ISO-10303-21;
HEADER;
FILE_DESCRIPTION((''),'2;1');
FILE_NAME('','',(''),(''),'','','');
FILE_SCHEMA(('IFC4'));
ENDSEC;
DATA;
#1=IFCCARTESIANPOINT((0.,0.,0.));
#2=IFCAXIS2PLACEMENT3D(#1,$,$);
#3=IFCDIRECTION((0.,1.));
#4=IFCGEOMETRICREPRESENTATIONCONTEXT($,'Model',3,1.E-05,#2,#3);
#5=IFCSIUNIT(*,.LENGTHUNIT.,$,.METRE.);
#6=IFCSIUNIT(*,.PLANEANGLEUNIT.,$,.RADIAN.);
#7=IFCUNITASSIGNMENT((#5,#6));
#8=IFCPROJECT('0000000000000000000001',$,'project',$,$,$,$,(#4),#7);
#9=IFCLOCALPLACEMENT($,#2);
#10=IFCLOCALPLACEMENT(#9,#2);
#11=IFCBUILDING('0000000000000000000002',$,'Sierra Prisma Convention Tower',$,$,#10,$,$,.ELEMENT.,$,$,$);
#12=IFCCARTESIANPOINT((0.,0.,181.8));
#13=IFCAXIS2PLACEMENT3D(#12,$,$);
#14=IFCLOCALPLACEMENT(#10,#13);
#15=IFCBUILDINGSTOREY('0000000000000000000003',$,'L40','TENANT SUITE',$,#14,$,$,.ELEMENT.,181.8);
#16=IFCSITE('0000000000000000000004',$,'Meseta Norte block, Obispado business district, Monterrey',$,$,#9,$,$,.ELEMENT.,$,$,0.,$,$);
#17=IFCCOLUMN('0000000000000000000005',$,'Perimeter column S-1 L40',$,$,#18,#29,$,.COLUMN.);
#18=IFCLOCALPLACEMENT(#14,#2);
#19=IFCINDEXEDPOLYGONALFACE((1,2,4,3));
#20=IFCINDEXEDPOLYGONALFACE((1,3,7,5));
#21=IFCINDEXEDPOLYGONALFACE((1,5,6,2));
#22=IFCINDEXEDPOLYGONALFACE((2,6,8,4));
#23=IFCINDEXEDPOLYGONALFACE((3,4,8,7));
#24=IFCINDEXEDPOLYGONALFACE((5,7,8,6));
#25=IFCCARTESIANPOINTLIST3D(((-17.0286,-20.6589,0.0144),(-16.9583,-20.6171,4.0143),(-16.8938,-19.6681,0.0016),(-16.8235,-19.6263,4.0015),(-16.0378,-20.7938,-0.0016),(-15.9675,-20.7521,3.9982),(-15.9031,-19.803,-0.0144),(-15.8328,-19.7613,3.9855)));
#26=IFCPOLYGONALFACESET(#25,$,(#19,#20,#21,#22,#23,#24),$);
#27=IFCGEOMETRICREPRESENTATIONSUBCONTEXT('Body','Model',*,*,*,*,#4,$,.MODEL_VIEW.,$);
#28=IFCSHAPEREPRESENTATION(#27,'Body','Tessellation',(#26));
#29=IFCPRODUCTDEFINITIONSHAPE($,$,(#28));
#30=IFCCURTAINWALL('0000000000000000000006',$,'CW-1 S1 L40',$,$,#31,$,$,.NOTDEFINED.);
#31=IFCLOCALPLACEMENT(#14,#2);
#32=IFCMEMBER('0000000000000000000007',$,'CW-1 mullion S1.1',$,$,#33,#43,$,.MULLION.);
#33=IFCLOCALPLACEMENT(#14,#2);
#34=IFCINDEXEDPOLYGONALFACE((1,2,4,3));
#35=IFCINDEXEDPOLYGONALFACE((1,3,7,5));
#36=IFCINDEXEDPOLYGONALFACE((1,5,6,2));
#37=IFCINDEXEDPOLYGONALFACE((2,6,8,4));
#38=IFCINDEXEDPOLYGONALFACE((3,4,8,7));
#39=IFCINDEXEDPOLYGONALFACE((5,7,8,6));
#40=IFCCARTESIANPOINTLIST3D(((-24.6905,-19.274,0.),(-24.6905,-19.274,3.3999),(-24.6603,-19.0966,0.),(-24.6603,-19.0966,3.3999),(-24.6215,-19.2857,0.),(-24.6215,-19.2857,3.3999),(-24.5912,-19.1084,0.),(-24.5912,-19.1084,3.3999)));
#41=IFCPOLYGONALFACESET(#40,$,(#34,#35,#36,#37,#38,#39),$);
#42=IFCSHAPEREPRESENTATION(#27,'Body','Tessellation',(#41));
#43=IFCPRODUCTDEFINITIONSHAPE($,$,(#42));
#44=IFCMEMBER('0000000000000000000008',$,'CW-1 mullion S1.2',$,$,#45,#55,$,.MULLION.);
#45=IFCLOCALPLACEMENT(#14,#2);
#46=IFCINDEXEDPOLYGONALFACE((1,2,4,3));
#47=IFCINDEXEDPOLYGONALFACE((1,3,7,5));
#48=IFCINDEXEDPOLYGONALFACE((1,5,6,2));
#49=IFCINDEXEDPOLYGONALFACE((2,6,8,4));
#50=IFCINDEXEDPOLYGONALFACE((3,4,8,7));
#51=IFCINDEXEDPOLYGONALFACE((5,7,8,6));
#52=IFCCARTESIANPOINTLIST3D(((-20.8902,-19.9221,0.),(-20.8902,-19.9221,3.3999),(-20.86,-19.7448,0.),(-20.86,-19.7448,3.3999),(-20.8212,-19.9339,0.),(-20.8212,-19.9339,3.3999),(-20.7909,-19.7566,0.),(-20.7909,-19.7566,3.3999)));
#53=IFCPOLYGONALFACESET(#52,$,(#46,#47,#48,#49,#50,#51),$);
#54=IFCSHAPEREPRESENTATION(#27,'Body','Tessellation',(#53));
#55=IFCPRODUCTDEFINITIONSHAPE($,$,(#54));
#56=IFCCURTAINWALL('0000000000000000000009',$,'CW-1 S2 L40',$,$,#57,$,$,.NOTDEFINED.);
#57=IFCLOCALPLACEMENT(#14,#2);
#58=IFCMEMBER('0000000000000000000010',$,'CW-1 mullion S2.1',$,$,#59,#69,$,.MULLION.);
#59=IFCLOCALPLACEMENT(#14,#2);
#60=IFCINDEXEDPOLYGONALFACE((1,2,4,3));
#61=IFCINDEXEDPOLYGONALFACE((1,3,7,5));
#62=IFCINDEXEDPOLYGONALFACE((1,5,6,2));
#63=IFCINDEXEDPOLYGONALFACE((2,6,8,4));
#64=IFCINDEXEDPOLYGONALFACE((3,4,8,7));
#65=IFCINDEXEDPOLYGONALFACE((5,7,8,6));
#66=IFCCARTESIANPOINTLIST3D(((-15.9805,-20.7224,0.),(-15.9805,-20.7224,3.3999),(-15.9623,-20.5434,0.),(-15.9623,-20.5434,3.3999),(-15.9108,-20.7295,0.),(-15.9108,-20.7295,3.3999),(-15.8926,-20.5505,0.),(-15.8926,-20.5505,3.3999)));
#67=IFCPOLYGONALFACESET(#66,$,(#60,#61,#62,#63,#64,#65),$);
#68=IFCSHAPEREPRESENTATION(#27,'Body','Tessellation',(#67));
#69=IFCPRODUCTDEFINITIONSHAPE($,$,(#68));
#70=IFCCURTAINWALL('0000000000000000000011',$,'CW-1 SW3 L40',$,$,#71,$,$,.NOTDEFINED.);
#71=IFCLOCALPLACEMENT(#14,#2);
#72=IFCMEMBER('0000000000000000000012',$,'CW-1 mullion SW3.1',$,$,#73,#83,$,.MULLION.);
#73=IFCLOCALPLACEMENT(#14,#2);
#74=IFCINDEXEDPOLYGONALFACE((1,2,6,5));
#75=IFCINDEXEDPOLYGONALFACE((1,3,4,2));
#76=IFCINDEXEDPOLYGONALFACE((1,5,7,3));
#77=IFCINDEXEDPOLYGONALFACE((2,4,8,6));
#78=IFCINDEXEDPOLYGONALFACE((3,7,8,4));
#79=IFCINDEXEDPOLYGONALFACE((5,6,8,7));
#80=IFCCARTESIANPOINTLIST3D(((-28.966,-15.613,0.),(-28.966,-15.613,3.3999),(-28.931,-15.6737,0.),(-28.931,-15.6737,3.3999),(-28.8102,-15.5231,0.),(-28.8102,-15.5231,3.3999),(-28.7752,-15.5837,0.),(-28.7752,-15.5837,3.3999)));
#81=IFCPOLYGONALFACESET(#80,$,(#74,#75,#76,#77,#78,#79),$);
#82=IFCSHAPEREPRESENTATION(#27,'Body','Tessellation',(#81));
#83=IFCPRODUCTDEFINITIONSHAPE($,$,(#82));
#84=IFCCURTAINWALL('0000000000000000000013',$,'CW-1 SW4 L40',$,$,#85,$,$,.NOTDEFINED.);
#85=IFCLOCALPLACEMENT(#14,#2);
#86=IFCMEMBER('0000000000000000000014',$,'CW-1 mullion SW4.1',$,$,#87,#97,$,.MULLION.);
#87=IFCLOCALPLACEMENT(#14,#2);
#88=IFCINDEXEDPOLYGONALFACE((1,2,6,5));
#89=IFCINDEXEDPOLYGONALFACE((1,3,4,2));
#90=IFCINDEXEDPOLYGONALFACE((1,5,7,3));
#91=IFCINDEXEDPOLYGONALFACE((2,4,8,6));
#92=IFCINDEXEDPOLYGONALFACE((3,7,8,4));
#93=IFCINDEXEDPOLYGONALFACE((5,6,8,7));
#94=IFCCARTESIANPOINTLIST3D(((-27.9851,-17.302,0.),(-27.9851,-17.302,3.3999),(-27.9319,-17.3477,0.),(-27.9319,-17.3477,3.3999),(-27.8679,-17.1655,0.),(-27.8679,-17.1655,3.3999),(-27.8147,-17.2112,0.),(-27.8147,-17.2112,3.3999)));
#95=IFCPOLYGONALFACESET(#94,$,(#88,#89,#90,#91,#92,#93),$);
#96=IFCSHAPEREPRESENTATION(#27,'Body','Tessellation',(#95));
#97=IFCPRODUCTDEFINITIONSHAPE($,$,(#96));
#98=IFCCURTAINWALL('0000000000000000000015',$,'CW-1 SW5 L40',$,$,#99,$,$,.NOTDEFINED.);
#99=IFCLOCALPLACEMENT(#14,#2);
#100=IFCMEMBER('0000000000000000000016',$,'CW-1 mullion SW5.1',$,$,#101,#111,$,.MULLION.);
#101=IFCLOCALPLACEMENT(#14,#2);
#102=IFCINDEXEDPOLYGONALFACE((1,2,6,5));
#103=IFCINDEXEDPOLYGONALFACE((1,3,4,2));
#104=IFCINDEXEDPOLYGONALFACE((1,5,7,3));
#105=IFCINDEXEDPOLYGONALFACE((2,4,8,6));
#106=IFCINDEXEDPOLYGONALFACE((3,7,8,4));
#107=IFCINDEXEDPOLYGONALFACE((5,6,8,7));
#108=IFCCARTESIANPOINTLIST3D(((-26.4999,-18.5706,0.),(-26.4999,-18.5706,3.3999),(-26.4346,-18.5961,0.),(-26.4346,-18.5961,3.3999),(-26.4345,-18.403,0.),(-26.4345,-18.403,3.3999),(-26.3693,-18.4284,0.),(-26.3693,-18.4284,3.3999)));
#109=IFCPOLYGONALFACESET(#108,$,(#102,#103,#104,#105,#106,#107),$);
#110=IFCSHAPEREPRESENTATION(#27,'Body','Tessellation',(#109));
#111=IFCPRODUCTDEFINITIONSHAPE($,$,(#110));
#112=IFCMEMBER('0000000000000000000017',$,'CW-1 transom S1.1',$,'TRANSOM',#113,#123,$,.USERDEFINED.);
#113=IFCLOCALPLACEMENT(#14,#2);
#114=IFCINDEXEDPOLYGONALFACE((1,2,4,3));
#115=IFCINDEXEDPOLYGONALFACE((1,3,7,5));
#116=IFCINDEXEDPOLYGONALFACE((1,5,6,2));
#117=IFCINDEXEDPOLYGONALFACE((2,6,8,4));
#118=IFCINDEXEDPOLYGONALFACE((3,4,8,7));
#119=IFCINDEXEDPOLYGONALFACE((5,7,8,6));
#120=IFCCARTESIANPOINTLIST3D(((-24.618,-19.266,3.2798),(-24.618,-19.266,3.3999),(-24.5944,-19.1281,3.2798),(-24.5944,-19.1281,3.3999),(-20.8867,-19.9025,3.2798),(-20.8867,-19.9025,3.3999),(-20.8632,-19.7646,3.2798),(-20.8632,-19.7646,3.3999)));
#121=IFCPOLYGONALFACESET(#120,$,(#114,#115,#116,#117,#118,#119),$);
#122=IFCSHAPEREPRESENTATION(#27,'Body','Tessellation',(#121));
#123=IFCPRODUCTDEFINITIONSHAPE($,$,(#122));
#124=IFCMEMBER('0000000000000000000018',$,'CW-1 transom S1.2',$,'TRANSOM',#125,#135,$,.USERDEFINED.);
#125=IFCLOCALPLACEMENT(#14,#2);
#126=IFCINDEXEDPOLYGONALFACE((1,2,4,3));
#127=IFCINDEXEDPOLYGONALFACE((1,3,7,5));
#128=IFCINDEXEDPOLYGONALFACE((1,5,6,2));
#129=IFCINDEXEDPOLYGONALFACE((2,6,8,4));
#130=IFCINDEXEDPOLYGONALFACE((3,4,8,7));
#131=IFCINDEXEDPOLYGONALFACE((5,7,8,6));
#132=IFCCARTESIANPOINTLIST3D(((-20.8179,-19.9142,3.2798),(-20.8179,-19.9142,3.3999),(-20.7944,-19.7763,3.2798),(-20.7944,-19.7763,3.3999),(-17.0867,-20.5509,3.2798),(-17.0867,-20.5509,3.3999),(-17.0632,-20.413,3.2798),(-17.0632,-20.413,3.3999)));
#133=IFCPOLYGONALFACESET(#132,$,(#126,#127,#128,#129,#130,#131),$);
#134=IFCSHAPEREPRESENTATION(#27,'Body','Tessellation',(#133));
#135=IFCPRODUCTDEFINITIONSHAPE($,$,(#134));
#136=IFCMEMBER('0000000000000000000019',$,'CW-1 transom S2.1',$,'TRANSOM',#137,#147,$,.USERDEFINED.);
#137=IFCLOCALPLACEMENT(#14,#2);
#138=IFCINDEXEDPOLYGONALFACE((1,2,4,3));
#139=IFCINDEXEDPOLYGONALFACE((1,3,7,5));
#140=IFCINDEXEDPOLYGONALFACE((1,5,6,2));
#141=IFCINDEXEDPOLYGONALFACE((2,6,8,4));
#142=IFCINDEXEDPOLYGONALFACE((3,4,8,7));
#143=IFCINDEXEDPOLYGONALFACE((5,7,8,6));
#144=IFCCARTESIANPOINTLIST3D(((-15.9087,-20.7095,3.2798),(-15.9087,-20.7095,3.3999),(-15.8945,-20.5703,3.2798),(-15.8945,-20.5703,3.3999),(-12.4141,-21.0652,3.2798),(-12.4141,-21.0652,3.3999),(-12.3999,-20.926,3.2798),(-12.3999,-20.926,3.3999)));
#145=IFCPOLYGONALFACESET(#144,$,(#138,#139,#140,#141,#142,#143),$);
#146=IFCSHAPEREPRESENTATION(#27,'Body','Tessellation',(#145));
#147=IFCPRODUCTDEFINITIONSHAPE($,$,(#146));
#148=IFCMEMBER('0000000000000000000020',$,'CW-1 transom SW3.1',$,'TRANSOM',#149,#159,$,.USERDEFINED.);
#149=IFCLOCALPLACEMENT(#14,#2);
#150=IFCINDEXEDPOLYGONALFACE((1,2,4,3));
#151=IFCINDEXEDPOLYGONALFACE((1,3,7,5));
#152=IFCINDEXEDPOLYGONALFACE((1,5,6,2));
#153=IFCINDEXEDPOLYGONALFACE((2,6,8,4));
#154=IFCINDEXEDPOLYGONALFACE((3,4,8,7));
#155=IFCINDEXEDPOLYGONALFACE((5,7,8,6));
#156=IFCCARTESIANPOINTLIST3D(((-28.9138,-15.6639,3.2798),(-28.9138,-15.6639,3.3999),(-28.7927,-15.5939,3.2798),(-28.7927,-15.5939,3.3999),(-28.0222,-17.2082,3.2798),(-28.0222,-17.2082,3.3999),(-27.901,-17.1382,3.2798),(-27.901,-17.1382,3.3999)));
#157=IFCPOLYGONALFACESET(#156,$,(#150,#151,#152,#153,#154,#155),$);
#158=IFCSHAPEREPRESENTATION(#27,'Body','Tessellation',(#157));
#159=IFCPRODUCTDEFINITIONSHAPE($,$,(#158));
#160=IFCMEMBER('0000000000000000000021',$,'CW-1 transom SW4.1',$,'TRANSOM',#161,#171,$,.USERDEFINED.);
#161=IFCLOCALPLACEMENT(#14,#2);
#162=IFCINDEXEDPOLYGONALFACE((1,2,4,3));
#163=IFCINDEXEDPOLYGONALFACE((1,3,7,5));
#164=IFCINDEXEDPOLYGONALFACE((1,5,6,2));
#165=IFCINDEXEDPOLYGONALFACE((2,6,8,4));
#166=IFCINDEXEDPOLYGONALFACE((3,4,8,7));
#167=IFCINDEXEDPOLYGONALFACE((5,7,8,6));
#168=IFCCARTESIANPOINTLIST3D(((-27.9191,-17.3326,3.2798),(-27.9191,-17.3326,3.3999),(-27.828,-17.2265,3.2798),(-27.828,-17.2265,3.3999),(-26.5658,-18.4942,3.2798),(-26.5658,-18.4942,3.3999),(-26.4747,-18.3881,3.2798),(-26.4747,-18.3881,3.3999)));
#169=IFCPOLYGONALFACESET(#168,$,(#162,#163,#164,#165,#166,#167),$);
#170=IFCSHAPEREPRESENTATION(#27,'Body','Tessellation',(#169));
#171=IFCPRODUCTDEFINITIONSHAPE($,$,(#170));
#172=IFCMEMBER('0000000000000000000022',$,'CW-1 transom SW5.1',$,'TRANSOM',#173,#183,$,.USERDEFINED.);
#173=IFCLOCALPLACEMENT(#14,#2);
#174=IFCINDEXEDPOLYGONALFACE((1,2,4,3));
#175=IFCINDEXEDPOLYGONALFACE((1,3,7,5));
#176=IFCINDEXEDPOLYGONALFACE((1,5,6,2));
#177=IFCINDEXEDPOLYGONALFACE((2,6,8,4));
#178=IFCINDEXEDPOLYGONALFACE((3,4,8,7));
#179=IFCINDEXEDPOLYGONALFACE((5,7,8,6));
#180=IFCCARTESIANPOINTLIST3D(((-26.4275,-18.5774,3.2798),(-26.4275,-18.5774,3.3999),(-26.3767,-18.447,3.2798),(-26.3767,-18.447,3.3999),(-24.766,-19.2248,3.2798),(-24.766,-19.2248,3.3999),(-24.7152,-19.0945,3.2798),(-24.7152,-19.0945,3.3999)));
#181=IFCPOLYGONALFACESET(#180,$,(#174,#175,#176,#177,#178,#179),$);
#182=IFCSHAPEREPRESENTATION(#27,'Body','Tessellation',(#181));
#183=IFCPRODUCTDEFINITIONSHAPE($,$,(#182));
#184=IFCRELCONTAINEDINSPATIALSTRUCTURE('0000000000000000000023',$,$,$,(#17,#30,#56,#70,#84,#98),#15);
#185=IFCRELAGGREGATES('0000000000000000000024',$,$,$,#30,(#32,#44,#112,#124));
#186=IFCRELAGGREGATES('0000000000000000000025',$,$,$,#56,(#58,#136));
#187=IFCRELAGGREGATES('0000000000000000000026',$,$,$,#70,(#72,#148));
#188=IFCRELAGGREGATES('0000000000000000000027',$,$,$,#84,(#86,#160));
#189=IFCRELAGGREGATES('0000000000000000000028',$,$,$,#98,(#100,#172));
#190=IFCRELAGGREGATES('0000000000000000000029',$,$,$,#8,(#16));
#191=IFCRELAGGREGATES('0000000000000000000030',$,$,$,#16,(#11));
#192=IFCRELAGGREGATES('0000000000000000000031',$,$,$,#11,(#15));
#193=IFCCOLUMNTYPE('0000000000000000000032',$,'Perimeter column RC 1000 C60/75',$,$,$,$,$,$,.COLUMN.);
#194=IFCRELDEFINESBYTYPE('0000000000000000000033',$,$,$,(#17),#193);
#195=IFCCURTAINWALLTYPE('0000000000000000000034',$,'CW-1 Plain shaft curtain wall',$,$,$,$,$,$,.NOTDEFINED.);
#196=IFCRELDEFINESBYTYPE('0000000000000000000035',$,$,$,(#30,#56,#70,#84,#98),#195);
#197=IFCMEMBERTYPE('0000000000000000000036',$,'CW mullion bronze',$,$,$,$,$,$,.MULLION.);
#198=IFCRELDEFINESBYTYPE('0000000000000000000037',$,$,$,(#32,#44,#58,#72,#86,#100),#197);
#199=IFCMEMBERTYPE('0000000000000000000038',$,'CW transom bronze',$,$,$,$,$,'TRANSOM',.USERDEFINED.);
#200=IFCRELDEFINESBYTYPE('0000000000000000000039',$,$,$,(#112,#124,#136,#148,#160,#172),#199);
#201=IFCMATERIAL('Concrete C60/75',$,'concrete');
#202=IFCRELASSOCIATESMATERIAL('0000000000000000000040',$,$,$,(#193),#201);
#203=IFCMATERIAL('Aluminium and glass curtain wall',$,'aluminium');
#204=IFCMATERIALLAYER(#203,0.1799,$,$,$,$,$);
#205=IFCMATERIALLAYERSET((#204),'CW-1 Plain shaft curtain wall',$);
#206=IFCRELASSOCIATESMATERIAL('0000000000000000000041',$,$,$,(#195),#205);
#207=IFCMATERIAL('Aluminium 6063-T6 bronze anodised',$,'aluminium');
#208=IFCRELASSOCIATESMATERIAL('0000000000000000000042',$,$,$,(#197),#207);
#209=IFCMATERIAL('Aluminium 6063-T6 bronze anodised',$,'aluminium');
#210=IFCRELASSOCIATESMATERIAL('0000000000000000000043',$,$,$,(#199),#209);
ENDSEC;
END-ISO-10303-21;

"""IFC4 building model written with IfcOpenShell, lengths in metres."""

from ifc_helpers import new_model, si_unit, direction, frame, origin, origin_2d, place, context, subcontext, project, spatial, rectangle, extrude, material, layer, layer_set, material_profile, profile_set, type_object, element, aggregate, save


model = new_model("IFC4")

# Units and contexts
model_context = context("Model", 3, precision=1e-05, world=origin(), true_north=direction((0.0, 1.0)))
body_context = subcontext(model_context, "Body", "Model", "MODEL_VIEW")
ifc_project = project(units=[si_unit("LENGTHUNIT", "METRE"), si_unit("PLANEANGLEUNIT", "RADIAN")], contexts=[model_context])

# Site, building, storey
site_placement = place(None, origin())
site = spatial("IfcSite", under=ifc_project, at=site_placement, Name="Meseta Norte block, Obispado business district, Monterrey", CompositionType="ELEMENT", RefElevation=0.0)
building_placement = place(site_placement, origin())
building = spatial("IfcBuilding", under=site, at=building_placement, Name="Sierra Prisma Convention Tower", CompositionType="ELEMENT")
storey_placement = place(building_placement, frame((0.0, 0.0, 181.8)))
storey = spatial("IfcBuildingStorey", under=building, at=storey_placement, Name="L40", Description="TENANT SUITE", CompositionType="ELEMENT", Elevation=181.8)

# Column
ifc_material_1 = material(Name="Concrete C60/75", Category="concrete")
ifc_material_profile_1 = material_profile(ifc_material_1, rectangle(XDim=1.0, YDim=1.0, at=origin_2d()), Name="Perimeter column RC 1000 C60/75")
ifc_profile_set_1 = profile_set([ifc_material_profile_1], Name="Concrete C60/75")
column_type = type_object("IfcColumnType", Name="Perimeter column RC 1000 C60/75", PredefinedType="COLUMN", material=ifc_profile_set_1)
column_placement = place(storey_placement, frame((-16.4658, -20.231, 0.0), z_axis=(0.017574, 0.010435, 0.999791), x_axis=(-0.990723, 0.134954, 0.016007)))
element("IfcColumn", 1, at=column_placement, inside=storey, type_object=column_type, Name="Perimeter column S-1 L40", PredefinedType="COLUMN", context=body_context, shape_type="SweptSolid", body=[
    extrude(rectangle(XDim=1.0, YDim=1.0, at=origin_2d()), origin(), (0.0, 0.0, 1.0), 4.0007),
])

# Curtain wall, members
ifc_material_2 = material(Name="Aluminium and glass curtain wall", Category="aluminium")
ifc_layer_1 = layer(ifc_material_2, 0.1799)
ifc_layer_set_1 = layer_set([ifc_layer_1], Name="CW-1 Plain shaft curtain wall")
curtain_wall_type = type_object("IfcCurtainWallType", Name="CW-1 Plain shaft curtain wall", PredefinedType="NOTDEFINED", material=ifc_layer_set_1)
curtain_wall_1_placement = place(storey_placement, origin())
curtain_wall_1 = element("IfcCurtainWall", 2, at=curtain_wall_1_placement, inside=storey, type_object=curtain_wall_type, Name="CW-1 S1 L40", PredefinedType="NOTDEFINED")
ifc_material_3 = material(Name="Aluminium 6063-T6 bronze anodised", Category="aluminium")
ifc_material_profile_2 = material_profile(ifc_material_3, rectangle(XDim=0.1799, YDim=0.0701, at=origin_2d()), Name="ALU MULLION 70x180")
ifc_profile_set_2 = profile_set([ifc_material_profile_2], Name="Aluminium 6063-T6 bronze anodised")
member_type_1 = type_object("IfcMemberType", Name="CW mullion bronze", PredefinedType="MULLION", material=ifc_profile_set_2)
member_1_placement = place(storey_placement, frame((-24.6409, -19.1912, 0.0), z_axis=(0.0, 0.0, 1.0), x_axis=(0.168187, 0.985755, 0.0)))
member_1 = element("IfcMember", 3, at=member_1_placement, type_object=member_type_1, Name="CW-1 mullion S1.1", PredefinedType="MULLION", context=body_context, shape_type="SweptSolid", body=[
    extrude(rectangle(XDim=0.1799, YDim=0.0701, at=origin_2d()), origin(), (0.0, 0.0, 1.0), 3.3999),
])
member_2_placement = place(storey_placement, frame((-20.8406, -19.8394, 0.0), z_axis=(0.0, 0.0, 1.0), x_axis=(0.168187, 0.985755, 0.0)))
member_2 = element("IfcMember", 4, at=member_2_placement, type_object=member_type_1, Name="CW-1 mullion S1.2", PredefinedType="MULLION", context=body_context, shape_type="SweptSolid", body=[
    extrude(rectangle(XDim=0.1799, YDim=0.0701, at=origin_2d()), origin(), (0.0, 0.0, 1.0), 3.3999),
])

# Curtain walls, members
curtain_wall_2_placement = place(storey_placement, origin())
curtain_wall_2 = element("IfcCurtainWall", 5, at=curtain_wall_2_placement, inside=storey, type_object=curtain_wall_type, Name="CW-1 S2 L40", PredefinedType="NOTDEFINED")
member_3_placement = place(storey_placement, frame((-15.9365, -20.6365, 0.0), z_axis=(0.0, 0.0, 1.0), x_axis=(0.10122, 0.994864, 0.0)))
member_3 = element("IfcMember", 6, at=member_3_placement, type_object=member_type_1, Name="CW-1 mullion S2.1", PredefinedType="MULLION", context=body_context, shape_type="SweptSolid", body=[
    extrude(rectangle(XDim=0.1799, YDim=0.0701, at=origin_2d()), origin(), (0.0, 0.0, 1.0), 3.3999),
])
curtain_wall_3_placement = place(storey_placement, origin())
curtain_wall_3 = element("IfcCurtainWall", 7, at=curtain_wall_3_placement, inside=storey, type_object=curtain_wall_type, Name="CW-1 SW3 L40", PredefinedType="NOTDEFINED")
member_4_placement = place(storey_placement, frame((-28.8706, -15.5984, 0.0), z_axis=(0.0, 0.0, 1.0), x_axis=(0.866025, 0.5, 0.0)))
member_4 = element("IfcMember", 8, at=member_4_placement, type_object=member_type_1, Name="CW-1 mullion SW3.1", PredefinedType="MULLION", context=body_context, shape_type="SweptSolid", body=[
    extrude(rectangle(XDim=0.1799, YDim=0.0701, at=origin_2d()), origin(), (0.0, 0.0, 1.0), 3.3999),
])
curtain_wall_4_placement = place(storey_placement, origin())
curtain_wall_4 = element("IfcCurtainWall", 9, at=curtain_wall_4_placement, inside=storey, type_object=curtain_wall_type, Name="CW-1 SW4 L40", PredefinedType="NOTDEFINED")
member_5_placement = place(storey_placement, frame((-27.8999, -17.2566, 0.0), z_axis=(0.0, 0.0, 1.0), x_axis=(0.651404, 0.758731, 0.0)))
member_5 = element("IfcMember", 10, at=member_5_placement, type_object=member_type_1, Name="CW-1 mullion SW4.1", PredefinedType="MULLION", context=body_context, shape_type="SweptSolid", body=[
    extrude(rectangle(XDim=0.1799, YDim=0.0701, at=origin_2d()), origin(), (0.0, 0.0, 1.0), 3.3999),
])
curtain_wall_5_placement = place(storey_placement, origin())
curtain_wall_5 = element("IfcCurtainWall", 11, at=curtain_wall_5_placement, inside=storey, type_object=curtain_wall_type, Name="CW-1 SW5 L40", PredefinedType="NOTDEFINED")
member_6_placement = place(storey_placement, frame((-26.4346, -18.4995, 0.0), z_axis=(0.0, 0.0, 1.0), x_axis=(0.363172, 0.931722, 0.0)))
member_6 = element("IfcMember", 12, at=member_6_placement, type_object=member_type_1, Name="CW-1 mullion SW5.1", PredefinedType="MULLION", context=body_context, shape_type="SweptSolid", body=[
    extrude(rectangle(XDim=0.1799, YDim=0.0701, at=origin_2d()), origin(), (0.0, 0.0, 1.0), 3.3999),
])

# Members
ifc_material_4 = material(Name="Aluminium 6063-T6 bronze anodised", Category="aluminium")
ifc_material_profile_3 = material_profile(ifc_material_4, rectangle(XDim=0.1399, YDim=0.1201, at=origin_2d()), Name="ALU TRANSOM 120x140")
ifc_profile_set_3 = profile_set([ifc_material_profile_3], Name="Aluminium 6063-T6 bronze anodised")
member_type_2 = type_object("IfcMemberType", Name="CW transom bronze", ElementType="TRANSOM", PredefinedType="USERDEFINED", material=ifc_profile_set_3)
member_7_placement = place(storey_placement, frame((-24.6062, -19.197, 3.3398), z_axis=(0.985761, -0.168153, 0.0), x_axis=(0.168153, 0.985761, 0.0)))
member_7 = element("IfcMember", 13, at=member_7_placement, type_object=member_type_2, Name="CW-1 transom S1.1", ObjectType="TRANSOM", PredefinedType="USERDEFINED", context=body_context, shape_type="SweptSolid", body=[
    extrude(rectangle(XDim=0.1399, YDim=0.1201, at=origin_2d()), origin(), (0.0, 0.0, 1.0), 3.7852),
])
member_8_placement = place(storey_placement, frame((-20.8062, -19.8452, 3.3398), z_axis=(0.98575, -0.168215, 0.0), x_axis=(0.168215, 0.98575, 0.0)))
member_8 = element("IfcMember", 14, at=member_8_placement, type_object=member_type_2, Name="CW-1 transom S1.2", ObjectType="TRANSOM", PredefinedType="USERDEFINED", context=body_context, shape_type="SweptSolid", body=[
    extrude(rectangle(XDim=0.1399, YDim=0.1201, at=origin_2d()), origin(), (0.0, 0.0, 1.0), 3.7852),
])
member_9_placement = place(storey_placement, frame((-15.9016, -20.6399, 3.3398), z_axis=(0.994859, -0.101265, 0.0), x_axis=(0.101265, 0.994859, 0.0)))
member_9 = element("IfcMember", 15, at=member_9_placement, type_object=member_type_2, Name="CW-1 transom S2.1", ObjectType="TRANSOM", PredefinedType="USERDEFINED", context=body_context, shape_type="SweptSolid", body=[
    extrude(rectangle(XDim=0.1399, YDim=0.1201, at=origin_2d()), origin(), (0.0, 0.0, 1.0), 3.5127),
])
member_10_placement = place(storey_placement, frame((-28.8533, -15.6289, 3.3398), z_axis=(0.500027, -0.86601, 0.0), x_axis=(0.86601, 0.500027, 0.0)))
member_10 = element("IfcMember", 16, at=member_10_placement, type_object=member_type_2, Name="CW-1 transom SW3.1", ObjectType="TRANSOM", PredefinedType="USERDEFINED", context=body_context, shape_type="SweptSolid", body=[
    extrude(rectangle(XDim=0.1399, YDim=0.1201, at=origin_2d()), origin(), (0.0, 0.0, 1.0), 1.7832),
])
member_11_placement = place(storey_placement, frame((-27.8735, -17.2795, 3.3398), z_axis=(0.758793, -0.651332, 0.0), x_axis=(0.651332, 0.758793, 0.0)))
member_11 = element("IfcMember", 17, at=member_11_placement, type_object=member_type_2, Name="CW-1 transom SW4.1", ObjectType="TRANSOM", PredefinedType="USERDEFINED", context=body_context, shape_type="SweptSolid", body=[
    extrude(rectangle(XDim=0.1399, YDim=0.1201, at=origin_2d()), origin(), (0.0, 0.0, 1.0), 1.7834),
])
member_12_placement = place(storey_placement, frame((-26.4021, -18.5122, 3.3398), z_axis=(0.931763, -0.363067, 0.0), x_axis=(0.363067, 0.931763, 0.0)))
member_12 = element("IfcMember", 18, at=member_12_placement, type_object=member_type_2, Name="CW-1 transom SW5.1", ObjectType="TRANSOM", PredefinedType="USERDEFINED", context=body_context, shape_type="SweptSolid", body=[
    extrude(rectangle(XDim=0.1399, YDim=0.1201, at=origin_2d()), origin(), (0.0, 0.0, 1.0), 1.7832),
])

aggregate(curtain_wall_1, [member_1, member_2, member_7, member_8])
aggregate(curtain_wall_2, [member_3, member_9])
aggregate(curtain_wall_3, [member_4, member_10])
aggregate(curtain_wall_4, [member_5, member_11])
aggregate(curtain_wall_5, [member_6, member_12])

save(model, "model.ifc")
